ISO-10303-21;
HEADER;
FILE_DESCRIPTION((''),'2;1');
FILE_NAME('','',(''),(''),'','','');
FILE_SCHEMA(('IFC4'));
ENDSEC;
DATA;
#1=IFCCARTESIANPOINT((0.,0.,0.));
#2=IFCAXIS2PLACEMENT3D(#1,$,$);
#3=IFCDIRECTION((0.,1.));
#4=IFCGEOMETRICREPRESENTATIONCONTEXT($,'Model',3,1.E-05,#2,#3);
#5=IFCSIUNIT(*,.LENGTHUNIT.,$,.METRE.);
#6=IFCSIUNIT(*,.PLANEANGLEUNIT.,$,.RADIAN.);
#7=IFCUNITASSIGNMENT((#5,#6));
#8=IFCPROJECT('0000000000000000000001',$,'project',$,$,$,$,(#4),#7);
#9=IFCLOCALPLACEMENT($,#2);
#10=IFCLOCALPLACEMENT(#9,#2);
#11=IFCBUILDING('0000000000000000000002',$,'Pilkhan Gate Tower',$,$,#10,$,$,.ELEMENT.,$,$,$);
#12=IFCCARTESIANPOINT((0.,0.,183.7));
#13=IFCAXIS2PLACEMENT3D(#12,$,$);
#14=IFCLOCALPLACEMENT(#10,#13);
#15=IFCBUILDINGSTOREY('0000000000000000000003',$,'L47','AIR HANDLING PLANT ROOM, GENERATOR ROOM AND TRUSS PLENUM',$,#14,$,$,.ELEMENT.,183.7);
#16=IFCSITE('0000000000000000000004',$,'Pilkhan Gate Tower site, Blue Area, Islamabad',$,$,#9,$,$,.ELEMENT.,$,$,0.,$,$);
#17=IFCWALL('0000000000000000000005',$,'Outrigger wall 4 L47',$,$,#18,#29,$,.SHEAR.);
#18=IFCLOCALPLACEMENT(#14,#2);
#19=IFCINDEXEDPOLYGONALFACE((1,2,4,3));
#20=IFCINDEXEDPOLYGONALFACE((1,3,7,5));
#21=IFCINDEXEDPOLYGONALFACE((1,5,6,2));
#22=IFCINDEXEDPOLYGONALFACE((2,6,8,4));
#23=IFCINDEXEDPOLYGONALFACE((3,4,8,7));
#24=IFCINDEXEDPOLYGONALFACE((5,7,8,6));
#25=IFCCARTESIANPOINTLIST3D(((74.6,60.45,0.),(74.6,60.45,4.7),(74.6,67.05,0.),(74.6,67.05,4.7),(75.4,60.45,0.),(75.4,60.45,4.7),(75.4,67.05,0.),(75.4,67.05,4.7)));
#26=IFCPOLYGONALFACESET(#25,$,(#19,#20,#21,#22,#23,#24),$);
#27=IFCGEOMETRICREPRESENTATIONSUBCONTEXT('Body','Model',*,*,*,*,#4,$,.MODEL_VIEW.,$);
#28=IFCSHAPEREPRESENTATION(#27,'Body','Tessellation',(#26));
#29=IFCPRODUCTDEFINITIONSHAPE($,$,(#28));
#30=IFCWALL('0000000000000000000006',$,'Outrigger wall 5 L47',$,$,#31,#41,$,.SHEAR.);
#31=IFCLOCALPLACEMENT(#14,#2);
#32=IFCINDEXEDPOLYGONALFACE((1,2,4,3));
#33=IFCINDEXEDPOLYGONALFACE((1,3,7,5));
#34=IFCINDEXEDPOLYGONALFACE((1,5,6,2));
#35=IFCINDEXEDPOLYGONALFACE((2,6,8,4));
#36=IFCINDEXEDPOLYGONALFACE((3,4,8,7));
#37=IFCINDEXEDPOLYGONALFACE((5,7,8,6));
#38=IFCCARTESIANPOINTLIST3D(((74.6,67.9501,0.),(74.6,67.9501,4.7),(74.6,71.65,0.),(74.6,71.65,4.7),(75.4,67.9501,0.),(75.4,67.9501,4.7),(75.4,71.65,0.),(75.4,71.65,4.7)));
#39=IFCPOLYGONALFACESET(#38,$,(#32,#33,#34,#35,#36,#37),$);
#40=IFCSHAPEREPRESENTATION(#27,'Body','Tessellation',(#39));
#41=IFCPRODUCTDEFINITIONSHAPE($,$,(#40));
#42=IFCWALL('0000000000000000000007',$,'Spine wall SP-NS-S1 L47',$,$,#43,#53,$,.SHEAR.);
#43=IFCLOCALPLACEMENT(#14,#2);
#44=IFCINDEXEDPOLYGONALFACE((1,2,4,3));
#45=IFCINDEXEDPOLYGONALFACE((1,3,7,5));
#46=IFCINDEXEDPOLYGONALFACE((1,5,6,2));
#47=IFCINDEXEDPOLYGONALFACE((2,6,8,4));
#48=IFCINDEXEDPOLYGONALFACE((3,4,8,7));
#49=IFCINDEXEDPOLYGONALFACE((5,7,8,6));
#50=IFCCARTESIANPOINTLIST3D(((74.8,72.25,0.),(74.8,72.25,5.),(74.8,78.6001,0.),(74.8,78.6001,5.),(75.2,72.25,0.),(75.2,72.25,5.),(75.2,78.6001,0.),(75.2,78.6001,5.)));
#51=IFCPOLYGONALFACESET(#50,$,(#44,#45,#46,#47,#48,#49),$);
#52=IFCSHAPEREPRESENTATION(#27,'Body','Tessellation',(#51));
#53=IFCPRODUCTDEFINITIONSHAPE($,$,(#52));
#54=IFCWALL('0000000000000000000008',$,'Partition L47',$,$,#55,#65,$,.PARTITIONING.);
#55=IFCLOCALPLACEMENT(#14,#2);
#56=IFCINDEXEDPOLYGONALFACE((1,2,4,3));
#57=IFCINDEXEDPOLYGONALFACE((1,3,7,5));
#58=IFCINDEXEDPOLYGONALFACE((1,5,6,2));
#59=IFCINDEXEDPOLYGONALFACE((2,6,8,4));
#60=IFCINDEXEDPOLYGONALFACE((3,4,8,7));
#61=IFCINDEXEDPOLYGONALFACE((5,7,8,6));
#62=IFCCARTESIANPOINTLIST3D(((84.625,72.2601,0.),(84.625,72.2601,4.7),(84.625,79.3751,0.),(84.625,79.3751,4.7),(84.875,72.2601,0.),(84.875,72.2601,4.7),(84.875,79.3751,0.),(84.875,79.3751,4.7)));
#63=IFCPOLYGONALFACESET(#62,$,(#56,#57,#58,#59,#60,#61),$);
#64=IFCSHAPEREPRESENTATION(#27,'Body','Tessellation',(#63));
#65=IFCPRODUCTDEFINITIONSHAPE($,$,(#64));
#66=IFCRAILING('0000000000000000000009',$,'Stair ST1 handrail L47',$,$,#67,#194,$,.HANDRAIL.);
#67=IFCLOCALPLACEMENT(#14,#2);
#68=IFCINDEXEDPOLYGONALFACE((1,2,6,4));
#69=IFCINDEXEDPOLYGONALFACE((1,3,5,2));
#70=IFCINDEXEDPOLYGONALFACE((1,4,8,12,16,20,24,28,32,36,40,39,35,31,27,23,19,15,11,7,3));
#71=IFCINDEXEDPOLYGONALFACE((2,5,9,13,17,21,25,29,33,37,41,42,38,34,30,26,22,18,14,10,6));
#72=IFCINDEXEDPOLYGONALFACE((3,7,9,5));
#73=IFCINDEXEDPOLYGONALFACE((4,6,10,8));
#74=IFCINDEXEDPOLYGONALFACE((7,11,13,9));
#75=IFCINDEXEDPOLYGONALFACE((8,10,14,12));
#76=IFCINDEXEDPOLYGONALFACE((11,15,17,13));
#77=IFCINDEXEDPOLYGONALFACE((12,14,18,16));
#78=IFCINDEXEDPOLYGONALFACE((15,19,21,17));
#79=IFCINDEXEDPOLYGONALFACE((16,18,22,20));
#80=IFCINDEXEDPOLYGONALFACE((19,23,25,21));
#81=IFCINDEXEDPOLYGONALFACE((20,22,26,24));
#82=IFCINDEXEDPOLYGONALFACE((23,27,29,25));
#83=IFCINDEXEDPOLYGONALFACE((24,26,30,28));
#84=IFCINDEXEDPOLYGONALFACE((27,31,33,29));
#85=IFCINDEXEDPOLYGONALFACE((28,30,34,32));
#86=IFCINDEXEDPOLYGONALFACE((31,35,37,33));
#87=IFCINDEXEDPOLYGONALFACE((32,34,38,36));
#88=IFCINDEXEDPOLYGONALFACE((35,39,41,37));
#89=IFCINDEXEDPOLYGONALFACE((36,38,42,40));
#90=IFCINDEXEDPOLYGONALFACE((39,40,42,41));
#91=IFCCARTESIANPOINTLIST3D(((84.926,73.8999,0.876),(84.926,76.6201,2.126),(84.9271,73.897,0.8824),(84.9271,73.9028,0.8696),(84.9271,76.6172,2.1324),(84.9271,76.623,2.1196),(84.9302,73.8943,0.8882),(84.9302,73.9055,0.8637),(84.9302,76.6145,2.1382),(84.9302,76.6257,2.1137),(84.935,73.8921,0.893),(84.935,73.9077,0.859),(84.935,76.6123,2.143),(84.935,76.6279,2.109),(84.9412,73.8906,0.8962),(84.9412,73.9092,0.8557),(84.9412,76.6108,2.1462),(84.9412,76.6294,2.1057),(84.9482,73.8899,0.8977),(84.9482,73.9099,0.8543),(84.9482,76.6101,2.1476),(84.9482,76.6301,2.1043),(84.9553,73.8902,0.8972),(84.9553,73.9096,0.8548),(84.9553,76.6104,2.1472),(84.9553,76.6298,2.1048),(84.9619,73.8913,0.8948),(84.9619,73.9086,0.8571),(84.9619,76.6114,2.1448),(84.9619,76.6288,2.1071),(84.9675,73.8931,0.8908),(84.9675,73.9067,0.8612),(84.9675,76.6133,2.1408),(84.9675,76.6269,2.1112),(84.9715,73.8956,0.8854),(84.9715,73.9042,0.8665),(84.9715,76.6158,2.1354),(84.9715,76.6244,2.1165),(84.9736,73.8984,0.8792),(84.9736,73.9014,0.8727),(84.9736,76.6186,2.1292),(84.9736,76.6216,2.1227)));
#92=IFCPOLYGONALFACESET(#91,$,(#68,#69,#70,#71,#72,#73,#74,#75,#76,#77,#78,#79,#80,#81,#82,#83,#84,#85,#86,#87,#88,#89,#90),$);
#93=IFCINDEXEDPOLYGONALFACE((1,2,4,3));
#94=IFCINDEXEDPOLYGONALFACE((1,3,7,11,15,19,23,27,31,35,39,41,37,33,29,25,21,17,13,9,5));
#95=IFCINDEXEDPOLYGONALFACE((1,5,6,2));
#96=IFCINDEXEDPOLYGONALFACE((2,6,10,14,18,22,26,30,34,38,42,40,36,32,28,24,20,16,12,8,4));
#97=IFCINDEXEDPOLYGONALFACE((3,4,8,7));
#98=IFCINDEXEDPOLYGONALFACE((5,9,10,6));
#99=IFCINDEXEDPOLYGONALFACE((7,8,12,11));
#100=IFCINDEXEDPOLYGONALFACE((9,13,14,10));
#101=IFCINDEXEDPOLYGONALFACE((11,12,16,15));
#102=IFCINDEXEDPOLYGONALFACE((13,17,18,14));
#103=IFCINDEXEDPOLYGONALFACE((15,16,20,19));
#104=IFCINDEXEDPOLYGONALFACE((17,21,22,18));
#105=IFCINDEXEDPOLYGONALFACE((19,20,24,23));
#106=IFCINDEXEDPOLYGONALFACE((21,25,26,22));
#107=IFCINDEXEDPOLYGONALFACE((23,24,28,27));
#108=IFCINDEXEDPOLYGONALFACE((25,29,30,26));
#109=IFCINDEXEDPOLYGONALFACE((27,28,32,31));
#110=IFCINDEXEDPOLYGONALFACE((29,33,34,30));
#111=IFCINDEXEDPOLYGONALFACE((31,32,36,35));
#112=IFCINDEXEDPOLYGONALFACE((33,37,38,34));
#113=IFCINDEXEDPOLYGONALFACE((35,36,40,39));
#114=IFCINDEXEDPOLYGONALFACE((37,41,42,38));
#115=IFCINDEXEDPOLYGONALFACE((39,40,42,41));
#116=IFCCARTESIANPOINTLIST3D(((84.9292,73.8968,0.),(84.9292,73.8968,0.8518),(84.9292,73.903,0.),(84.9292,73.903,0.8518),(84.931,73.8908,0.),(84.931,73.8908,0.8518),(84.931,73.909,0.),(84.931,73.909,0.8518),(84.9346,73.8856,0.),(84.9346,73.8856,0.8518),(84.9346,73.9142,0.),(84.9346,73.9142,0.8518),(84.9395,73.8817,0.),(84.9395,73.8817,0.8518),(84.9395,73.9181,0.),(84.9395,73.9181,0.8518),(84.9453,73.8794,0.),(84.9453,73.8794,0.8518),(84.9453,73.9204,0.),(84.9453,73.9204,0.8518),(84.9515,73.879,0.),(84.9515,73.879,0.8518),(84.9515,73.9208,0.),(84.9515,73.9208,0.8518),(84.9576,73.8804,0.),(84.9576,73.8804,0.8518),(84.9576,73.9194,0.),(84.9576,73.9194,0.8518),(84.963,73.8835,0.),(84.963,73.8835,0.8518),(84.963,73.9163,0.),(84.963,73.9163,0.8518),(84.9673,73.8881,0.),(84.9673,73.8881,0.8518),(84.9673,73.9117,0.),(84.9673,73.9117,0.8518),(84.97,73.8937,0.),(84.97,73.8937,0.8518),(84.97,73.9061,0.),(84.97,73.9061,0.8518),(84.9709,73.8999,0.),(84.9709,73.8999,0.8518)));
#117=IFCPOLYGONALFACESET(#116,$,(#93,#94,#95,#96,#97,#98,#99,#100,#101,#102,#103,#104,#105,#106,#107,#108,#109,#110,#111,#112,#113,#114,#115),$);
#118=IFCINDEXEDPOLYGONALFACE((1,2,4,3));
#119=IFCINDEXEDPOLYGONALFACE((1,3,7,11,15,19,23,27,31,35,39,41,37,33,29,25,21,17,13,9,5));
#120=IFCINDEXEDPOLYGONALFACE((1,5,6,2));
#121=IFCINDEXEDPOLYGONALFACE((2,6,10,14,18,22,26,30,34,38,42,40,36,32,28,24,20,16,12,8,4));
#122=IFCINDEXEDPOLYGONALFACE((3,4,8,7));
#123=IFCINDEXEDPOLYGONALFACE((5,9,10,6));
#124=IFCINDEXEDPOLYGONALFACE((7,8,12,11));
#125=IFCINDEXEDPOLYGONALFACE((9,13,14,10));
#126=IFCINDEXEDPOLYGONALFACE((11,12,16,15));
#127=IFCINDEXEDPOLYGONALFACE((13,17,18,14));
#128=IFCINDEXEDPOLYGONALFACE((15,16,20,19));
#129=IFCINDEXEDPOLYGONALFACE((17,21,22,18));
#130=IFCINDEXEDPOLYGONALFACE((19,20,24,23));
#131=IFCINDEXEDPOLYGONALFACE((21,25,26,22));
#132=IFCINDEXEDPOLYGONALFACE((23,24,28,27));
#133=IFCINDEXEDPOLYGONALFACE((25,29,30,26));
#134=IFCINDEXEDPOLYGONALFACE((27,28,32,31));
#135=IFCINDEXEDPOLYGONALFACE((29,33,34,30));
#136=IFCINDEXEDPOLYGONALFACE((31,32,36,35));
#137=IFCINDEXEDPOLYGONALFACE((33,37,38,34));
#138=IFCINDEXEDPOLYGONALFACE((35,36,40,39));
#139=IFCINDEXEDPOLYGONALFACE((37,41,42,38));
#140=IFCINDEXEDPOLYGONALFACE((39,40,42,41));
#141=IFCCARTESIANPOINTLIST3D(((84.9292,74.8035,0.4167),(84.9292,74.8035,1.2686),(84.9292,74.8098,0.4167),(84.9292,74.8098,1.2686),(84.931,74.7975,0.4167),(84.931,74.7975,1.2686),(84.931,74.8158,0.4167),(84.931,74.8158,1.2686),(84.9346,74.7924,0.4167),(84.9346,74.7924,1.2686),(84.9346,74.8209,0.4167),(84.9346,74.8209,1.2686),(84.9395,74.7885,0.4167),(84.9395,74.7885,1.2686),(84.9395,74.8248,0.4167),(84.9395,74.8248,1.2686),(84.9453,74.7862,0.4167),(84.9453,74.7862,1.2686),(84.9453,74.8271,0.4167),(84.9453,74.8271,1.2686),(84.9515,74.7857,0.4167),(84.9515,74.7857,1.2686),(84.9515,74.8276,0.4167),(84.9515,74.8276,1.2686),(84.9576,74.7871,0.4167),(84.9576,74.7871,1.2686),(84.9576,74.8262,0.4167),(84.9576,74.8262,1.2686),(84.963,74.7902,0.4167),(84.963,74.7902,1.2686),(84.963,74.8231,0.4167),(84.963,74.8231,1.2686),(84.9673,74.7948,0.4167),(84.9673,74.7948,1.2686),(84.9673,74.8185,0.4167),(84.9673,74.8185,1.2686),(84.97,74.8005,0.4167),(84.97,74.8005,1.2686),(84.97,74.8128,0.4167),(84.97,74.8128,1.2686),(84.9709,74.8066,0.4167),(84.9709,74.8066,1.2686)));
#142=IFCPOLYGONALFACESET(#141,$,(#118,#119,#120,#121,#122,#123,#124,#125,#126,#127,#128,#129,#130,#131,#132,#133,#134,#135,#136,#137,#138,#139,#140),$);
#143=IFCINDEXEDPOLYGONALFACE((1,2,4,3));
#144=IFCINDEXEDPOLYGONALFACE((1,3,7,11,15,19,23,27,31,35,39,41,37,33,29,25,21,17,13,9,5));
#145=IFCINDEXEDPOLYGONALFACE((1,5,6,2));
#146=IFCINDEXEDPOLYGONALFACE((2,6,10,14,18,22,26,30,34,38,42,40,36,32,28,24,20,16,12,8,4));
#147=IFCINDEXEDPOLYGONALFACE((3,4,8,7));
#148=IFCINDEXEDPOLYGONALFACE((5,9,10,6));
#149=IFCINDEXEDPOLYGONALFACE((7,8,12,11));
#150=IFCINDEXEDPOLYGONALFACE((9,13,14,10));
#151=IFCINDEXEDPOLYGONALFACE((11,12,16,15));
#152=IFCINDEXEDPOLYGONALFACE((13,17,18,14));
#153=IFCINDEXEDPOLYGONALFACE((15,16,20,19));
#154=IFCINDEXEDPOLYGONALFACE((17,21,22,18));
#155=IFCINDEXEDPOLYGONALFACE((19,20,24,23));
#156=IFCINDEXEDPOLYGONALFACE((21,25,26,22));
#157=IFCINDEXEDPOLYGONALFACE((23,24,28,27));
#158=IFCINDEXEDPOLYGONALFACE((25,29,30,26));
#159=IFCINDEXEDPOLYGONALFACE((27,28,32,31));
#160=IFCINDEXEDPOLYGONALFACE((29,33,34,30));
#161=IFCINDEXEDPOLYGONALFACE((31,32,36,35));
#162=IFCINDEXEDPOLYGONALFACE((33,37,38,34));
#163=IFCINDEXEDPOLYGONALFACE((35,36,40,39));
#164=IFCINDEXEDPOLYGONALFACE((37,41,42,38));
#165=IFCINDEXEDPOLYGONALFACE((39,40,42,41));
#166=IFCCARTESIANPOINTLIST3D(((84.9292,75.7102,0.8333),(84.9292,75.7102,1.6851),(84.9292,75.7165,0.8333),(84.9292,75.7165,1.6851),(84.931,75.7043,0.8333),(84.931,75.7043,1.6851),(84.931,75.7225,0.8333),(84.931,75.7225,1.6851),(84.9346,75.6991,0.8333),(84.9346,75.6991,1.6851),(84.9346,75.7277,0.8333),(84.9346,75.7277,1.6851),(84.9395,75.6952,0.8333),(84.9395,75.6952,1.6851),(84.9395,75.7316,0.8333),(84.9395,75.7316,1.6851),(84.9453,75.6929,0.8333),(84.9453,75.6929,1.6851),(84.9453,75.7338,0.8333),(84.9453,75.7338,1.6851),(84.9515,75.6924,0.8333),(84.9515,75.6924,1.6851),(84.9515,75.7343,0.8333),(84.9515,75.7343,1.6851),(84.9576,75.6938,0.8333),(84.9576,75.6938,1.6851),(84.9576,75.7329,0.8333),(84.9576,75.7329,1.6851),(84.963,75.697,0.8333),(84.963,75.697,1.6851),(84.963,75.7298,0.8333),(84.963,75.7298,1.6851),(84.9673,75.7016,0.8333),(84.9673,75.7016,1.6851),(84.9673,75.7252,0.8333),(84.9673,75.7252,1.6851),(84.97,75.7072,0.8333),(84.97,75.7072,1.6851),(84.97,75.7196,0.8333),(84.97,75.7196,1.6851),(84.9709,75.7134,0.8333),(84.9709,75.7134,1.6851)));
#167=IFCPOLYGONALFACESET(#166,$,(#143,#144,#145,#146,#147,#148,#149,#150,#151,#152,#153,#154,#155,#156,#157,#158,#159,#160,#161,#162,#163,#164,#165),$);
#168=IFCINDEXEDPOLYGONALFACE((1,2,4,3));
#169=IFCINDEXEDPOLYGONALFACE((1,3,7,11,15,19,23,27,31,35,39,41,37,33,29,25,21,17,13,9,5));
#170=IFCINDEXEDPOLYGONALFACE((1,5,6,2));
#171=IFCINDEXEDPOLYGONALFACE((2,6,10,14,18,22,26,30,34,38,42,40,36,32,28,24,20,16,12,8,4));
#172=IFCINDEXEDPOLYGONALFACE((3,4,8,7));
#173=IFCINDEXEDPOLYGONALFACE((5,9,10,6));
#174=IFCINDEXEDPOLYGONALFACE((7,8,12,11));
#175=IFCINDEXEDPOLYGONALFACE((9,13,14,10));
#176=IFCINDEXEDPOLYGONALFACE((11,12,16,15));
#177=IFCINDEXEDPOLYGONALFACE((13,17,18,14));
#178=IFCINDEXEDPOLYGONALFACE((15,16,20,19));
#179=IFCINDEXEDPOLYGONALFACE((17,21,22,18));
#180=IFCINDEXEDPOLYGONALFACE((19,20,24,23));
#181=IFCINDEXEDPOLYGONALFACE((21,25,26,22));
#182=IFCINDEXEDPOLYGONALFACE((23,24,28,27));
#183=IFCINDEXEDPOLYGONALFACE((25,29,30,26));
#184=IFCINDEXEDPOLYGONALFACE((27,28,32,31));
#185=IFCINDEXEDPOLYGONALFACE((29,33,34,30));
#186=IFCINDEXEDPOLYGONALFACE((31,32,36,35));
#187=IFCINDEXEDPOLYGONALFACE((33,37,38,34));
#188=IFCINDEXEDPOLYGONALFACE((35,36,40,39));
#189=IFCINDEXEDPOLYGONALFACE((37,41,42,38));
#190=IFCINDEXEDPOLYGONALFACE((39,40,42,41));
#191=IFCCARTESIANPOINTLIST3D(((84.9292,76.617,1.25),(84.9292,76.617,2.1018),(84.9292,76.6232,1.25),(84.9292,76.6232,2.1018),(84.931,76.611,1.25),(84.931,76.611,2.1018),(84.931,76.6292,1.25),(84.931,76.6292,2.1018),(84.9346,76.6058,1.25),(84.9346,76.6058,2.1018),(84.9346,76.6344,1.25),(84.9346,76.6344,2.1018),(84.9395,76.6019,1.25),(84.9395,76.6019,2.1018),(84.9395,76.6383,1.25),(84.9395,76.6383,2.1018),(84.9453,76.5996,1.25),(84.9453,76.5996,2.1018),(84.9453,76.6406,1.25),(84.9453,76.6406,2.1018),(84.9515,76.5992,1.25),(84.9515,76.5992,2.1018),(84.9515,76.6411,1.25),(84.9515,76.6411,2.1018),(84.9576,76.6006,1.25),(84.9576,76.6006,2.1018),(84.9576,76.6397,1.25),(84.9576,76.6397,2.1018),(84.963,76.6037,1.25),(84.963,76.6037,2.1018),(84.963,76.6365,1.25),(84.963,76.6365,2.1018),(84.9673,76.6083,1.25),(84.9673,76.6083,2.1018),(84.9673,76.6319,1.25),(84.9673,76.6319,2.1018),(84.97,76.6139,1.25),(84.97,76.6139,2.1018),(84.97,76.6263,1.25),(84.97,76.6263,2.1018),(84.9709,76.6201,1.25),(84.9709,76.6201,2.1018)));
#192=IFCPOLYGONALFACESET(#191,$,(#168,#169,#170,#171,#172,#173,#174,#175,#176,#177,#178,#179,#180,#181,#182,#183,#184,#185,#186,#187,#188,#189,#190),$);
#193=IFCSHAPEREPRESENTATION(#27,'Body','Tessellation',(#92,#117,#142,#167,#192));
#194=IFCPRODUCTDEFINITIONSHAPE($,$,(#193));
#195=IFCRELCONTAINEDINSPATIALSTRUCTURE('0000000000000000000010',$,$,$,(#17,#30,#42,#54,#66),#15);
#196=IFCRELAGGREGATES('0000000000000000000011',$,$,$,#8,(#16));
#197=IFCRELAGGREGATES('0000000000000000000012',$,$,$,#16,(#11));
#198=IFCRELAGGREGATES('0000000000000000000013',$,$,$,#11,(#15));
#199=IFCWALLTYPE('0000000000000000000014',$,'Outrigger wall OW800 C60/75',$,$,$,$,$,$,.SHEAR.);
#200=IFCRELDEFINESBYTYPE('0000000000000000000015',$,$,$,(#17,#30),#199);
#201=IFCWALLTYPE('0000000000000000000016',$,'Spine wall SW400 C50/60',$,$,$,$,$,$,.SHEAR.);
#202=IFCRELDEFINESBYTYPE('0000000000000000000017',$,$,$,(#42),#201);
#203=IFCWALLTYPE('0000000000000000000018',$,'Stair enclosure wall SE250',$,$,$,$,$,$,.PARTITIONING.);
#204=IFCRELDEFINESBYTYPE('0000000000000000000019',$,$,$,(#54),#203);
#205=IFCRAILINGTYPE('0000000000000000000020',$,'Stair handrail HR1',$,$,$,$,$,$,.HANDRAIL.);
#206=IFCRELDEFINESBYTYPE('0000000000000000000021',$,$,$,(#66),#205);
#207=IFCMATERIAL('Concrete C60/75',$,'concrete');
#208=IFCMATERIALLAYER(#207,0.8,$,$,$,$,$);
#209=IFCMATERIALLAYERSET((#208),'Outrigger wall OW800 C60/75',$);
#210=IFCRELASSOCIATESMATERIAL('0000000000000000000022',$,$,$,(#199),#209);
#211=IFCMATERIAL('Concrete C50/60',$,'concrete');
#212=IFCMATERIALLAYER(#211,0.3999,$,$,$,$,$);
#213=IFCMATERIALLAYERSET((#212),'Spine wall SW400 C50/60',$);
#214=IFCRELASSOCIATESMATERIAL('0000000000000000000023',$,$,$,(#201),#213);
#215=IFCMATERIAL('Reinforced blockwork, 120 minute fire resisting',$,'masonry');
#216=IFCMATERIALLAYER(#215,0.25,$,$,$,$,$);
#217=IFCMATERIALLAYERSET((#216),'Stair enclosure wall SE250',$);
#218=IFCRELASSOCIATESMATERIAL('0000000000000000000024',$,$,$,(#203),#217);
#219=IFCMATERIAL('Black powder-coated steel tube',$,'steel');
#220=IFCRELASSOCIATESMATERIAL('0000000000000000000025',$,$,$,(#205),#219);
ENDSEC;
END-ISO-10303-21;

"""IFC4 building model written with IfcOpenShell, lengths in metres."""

from ifc_helpers import new_model, si_unit, direction, frame, frame_2d, origin, origin_2d, place, context, subcontext, project, spatial, rectangle, circle, extrude, material, layer, layer_set, type_object, element, save


model = new_model("IFC4")

# Units and contexts
model_context = context("Model", 3, precision=1e-05, world=origin(), true_north=direction((0.0, 1.0)))
body_context = subcontext(model_context, "Body", "Model", "MODEL_VIEW")
ifc_project = project(units=[si_unit("LENGTHUNIT", "METRE"), si_unit("PLANEANGLEUNIT", "RADIAN")], contexts=[model_context])

# Site, building, storey
site_placement = place(None, origin())
site = spatial("IfcSite", under=ifc_project, at=site_placement, Name="Pilkhan Gate Tower site, Blue Area, Islamabad", CompositionType="ELEMENT", RefElevation=0.0)
building_placement = place(site_placement, origin())
building = spatial("IfcBuilding", under=site, at=building_placement, Name="Pilkhan Gate Tower", CompositionType="ELEMENT")
storey_placement = place(building_placement, frame((0.0, 0.0, 183.7)))
storey = spatial("IfcBuildingStorey", under=building, at=storey_placement, Name="L47", Description="AIR HANDLING PLANT ROOM, GENERATOR ROOM AND TRUSS PLENUM", CompositionType="ELEMENT", Elevation=183.7)

# Shared definitions
ifc_material_1 = material(Name="Concrete C50/60", Category="concrete")

# Shared definitions
ifc_material_2 = material(Name="Concrete C60/75", Category="concrete")

# Walls
ifc_layer_1 = layer(ifc_material_2, 0.8)
ifc_layer_set_1 = layer_set([ifc_layer_1], Name="Outrigger wall OW800 C60/75")
wall_type_1 = type_object("IfcWallType", Name="Outrigger wall OW800 C60/75", PredefinedType="SHEAR", material=ifc_layer_set_1)
wall_1_placement = place(storey_placement, frame((75.0, 60.45, 0.0), z_axis=(0.0, 0.0, 1.0), x_axis=(0.0, 1.0, 0.0)))
element("IfcWall", 1, at=wall_1_placement, inside=storey, type_object=wall_type_1, Name="Outrigger wall 4 L47", PredefinedType="SHEAR", context=body_context, shape_type="SweptSolid", body=[
    extrude(rectangle(XDim=6.6001, YDim=0.8, at=frame_2d((3.3, 0.0))), origin(), (0.0, 0.0, 1.0), 4.7),
])
wall_2_placement = place(storey_placement, frame((75.0, 67.95, 0.0), z_axis=(0.0, 0.0, 1.0), x_axis=(0.0, 1.0, 0.0)))
element("IfcWall", 2, at=wall_2_placement, inside=storey, type_object=wall_type_1, Name="Outrigger wall 5 L47", PredefinedType="SHEAR", context=body_context, shape_type="SweptSolid", body=[
    extrude(rectangle(XDim=3.7, YDim=0.8, at=frame_2d((1.8501, 0.0))), origin(), (0.0, 0.0, 1.0), 4.7),
])
ifc_layer_2 = layer(ifc_material_1, 0.3999)
ifc_layer_set_2 = layer_set([ifc_layer_2], Name="Spine wall SW400 C50/60")
wall_type_2 = type_object("IfcWallType", Name="Spine wall SW400 C50/60", PredefinedType="SHEAR", material=ifc_layer_set_2)
wall_3_placement = place(storey_placement, frame((75.0, 72.25, 0.0), z_axis=(0.0, 0.0, 1.0), x_axis=(0.0, 1.0, 0.0)))
element("IfcWall", 3, at=wall_3_placement, inside=storey, type_object=wall_type_2, Name="Spine wall SP-NS-S1 L47", PredefinedType="SHEAR", context=body_context, shape_type="SweptSolid", body=[
    extrude(rectangle(XDim=6.3501, YDim=0.3999, at=frame_2d((3.175, 0.0))), origin(), (0.0, 0.0, 1.0), 5.0),
])
ifc_material_3 = material(Name="Reinforced blockwork, 120 minute fire resisting", Category="masonry")
ifc_layer_3 = layer(ifc_material_3, 0.25)
ifc_layer_set_3 = layer_set([ifc_layer_3], Name="Stair enclosure wall SE250")
wall_type_3 = type_object("IfcWallType", Name="Stair enclosure wall SE250", PredefinedType="PARTITIONING", material=ifc_layer_set_3)
wall_4_placement = place(storey_placement, frame((84.75, 72.26, 0.0), z_axis=(0.0, 0.0, 1.0), x_axis=(0.0, 1.0, 0.0)))
element("IfcWall", 4, at=wall_4_placement, inside=storey, type_object=wall_type_3, Name="Partition L47", PredefinedType="PARTITIONING", context=body_context, shape_type="SweptSolid", body=[
    extrude(rectangle(XDim=7.115, YDim=0.25, at=frame_2d((3.5576, 0.0))), origin(), (0.0, 0.0, 1.0), 4.7),
])

# Railing
ifc_material_4 = material(Name="Black powder-coated steel tube", Category="steel")
railing_type = type_object("IfcRailingType", Name="Stair handrail HR1", PredefinedType="HANDRAIL", material=ifc_material_4)
railing_placement = place(storey_placement, frame((84.95, 73.8999, 0.0)))
element("IfcRailing", 5, at=railing_placement, inside=storey, type_object=railing_type, Name="Stair ST1 handrail L47", PredefinedType="HANDRAIL", context=body_context, shape_type="SweptSolid", body=[
    extrude(circle(Radius=0.0239, at=origin_2d()), frame((0.0, 0.0, 0.876), z_axis=(0.0, 0.908655, 0.417547), x_axis=(-1.0, 0.0, 0.0)), (0.0, 0.0, 1.0), 2.9937),
    extrude(circle(Radius=0.021, at=origin_2d()), origin(), (0.0, 0.0, 1.0), 0.8518),
    extrude(circle(Radius=0.021, at=origin_2d()), frame((0.0, 0.9067, 0.4167)), (0.0, 0.0, 1.0), 0.8518),
    extrude(circle(Radius=0.021, at=origin_2d()), frame((0.0, 1.8135, 0.8333)), (0.0, 0.0, 1.0), 0.8518),
    extrude(circle(Radius=0.021, at=origin_2d()), frame((0.0, 2.7202, 1.25)), (0.0, 0.0, 1.0), 0.8518),
])

save(model, "model.ifc")
